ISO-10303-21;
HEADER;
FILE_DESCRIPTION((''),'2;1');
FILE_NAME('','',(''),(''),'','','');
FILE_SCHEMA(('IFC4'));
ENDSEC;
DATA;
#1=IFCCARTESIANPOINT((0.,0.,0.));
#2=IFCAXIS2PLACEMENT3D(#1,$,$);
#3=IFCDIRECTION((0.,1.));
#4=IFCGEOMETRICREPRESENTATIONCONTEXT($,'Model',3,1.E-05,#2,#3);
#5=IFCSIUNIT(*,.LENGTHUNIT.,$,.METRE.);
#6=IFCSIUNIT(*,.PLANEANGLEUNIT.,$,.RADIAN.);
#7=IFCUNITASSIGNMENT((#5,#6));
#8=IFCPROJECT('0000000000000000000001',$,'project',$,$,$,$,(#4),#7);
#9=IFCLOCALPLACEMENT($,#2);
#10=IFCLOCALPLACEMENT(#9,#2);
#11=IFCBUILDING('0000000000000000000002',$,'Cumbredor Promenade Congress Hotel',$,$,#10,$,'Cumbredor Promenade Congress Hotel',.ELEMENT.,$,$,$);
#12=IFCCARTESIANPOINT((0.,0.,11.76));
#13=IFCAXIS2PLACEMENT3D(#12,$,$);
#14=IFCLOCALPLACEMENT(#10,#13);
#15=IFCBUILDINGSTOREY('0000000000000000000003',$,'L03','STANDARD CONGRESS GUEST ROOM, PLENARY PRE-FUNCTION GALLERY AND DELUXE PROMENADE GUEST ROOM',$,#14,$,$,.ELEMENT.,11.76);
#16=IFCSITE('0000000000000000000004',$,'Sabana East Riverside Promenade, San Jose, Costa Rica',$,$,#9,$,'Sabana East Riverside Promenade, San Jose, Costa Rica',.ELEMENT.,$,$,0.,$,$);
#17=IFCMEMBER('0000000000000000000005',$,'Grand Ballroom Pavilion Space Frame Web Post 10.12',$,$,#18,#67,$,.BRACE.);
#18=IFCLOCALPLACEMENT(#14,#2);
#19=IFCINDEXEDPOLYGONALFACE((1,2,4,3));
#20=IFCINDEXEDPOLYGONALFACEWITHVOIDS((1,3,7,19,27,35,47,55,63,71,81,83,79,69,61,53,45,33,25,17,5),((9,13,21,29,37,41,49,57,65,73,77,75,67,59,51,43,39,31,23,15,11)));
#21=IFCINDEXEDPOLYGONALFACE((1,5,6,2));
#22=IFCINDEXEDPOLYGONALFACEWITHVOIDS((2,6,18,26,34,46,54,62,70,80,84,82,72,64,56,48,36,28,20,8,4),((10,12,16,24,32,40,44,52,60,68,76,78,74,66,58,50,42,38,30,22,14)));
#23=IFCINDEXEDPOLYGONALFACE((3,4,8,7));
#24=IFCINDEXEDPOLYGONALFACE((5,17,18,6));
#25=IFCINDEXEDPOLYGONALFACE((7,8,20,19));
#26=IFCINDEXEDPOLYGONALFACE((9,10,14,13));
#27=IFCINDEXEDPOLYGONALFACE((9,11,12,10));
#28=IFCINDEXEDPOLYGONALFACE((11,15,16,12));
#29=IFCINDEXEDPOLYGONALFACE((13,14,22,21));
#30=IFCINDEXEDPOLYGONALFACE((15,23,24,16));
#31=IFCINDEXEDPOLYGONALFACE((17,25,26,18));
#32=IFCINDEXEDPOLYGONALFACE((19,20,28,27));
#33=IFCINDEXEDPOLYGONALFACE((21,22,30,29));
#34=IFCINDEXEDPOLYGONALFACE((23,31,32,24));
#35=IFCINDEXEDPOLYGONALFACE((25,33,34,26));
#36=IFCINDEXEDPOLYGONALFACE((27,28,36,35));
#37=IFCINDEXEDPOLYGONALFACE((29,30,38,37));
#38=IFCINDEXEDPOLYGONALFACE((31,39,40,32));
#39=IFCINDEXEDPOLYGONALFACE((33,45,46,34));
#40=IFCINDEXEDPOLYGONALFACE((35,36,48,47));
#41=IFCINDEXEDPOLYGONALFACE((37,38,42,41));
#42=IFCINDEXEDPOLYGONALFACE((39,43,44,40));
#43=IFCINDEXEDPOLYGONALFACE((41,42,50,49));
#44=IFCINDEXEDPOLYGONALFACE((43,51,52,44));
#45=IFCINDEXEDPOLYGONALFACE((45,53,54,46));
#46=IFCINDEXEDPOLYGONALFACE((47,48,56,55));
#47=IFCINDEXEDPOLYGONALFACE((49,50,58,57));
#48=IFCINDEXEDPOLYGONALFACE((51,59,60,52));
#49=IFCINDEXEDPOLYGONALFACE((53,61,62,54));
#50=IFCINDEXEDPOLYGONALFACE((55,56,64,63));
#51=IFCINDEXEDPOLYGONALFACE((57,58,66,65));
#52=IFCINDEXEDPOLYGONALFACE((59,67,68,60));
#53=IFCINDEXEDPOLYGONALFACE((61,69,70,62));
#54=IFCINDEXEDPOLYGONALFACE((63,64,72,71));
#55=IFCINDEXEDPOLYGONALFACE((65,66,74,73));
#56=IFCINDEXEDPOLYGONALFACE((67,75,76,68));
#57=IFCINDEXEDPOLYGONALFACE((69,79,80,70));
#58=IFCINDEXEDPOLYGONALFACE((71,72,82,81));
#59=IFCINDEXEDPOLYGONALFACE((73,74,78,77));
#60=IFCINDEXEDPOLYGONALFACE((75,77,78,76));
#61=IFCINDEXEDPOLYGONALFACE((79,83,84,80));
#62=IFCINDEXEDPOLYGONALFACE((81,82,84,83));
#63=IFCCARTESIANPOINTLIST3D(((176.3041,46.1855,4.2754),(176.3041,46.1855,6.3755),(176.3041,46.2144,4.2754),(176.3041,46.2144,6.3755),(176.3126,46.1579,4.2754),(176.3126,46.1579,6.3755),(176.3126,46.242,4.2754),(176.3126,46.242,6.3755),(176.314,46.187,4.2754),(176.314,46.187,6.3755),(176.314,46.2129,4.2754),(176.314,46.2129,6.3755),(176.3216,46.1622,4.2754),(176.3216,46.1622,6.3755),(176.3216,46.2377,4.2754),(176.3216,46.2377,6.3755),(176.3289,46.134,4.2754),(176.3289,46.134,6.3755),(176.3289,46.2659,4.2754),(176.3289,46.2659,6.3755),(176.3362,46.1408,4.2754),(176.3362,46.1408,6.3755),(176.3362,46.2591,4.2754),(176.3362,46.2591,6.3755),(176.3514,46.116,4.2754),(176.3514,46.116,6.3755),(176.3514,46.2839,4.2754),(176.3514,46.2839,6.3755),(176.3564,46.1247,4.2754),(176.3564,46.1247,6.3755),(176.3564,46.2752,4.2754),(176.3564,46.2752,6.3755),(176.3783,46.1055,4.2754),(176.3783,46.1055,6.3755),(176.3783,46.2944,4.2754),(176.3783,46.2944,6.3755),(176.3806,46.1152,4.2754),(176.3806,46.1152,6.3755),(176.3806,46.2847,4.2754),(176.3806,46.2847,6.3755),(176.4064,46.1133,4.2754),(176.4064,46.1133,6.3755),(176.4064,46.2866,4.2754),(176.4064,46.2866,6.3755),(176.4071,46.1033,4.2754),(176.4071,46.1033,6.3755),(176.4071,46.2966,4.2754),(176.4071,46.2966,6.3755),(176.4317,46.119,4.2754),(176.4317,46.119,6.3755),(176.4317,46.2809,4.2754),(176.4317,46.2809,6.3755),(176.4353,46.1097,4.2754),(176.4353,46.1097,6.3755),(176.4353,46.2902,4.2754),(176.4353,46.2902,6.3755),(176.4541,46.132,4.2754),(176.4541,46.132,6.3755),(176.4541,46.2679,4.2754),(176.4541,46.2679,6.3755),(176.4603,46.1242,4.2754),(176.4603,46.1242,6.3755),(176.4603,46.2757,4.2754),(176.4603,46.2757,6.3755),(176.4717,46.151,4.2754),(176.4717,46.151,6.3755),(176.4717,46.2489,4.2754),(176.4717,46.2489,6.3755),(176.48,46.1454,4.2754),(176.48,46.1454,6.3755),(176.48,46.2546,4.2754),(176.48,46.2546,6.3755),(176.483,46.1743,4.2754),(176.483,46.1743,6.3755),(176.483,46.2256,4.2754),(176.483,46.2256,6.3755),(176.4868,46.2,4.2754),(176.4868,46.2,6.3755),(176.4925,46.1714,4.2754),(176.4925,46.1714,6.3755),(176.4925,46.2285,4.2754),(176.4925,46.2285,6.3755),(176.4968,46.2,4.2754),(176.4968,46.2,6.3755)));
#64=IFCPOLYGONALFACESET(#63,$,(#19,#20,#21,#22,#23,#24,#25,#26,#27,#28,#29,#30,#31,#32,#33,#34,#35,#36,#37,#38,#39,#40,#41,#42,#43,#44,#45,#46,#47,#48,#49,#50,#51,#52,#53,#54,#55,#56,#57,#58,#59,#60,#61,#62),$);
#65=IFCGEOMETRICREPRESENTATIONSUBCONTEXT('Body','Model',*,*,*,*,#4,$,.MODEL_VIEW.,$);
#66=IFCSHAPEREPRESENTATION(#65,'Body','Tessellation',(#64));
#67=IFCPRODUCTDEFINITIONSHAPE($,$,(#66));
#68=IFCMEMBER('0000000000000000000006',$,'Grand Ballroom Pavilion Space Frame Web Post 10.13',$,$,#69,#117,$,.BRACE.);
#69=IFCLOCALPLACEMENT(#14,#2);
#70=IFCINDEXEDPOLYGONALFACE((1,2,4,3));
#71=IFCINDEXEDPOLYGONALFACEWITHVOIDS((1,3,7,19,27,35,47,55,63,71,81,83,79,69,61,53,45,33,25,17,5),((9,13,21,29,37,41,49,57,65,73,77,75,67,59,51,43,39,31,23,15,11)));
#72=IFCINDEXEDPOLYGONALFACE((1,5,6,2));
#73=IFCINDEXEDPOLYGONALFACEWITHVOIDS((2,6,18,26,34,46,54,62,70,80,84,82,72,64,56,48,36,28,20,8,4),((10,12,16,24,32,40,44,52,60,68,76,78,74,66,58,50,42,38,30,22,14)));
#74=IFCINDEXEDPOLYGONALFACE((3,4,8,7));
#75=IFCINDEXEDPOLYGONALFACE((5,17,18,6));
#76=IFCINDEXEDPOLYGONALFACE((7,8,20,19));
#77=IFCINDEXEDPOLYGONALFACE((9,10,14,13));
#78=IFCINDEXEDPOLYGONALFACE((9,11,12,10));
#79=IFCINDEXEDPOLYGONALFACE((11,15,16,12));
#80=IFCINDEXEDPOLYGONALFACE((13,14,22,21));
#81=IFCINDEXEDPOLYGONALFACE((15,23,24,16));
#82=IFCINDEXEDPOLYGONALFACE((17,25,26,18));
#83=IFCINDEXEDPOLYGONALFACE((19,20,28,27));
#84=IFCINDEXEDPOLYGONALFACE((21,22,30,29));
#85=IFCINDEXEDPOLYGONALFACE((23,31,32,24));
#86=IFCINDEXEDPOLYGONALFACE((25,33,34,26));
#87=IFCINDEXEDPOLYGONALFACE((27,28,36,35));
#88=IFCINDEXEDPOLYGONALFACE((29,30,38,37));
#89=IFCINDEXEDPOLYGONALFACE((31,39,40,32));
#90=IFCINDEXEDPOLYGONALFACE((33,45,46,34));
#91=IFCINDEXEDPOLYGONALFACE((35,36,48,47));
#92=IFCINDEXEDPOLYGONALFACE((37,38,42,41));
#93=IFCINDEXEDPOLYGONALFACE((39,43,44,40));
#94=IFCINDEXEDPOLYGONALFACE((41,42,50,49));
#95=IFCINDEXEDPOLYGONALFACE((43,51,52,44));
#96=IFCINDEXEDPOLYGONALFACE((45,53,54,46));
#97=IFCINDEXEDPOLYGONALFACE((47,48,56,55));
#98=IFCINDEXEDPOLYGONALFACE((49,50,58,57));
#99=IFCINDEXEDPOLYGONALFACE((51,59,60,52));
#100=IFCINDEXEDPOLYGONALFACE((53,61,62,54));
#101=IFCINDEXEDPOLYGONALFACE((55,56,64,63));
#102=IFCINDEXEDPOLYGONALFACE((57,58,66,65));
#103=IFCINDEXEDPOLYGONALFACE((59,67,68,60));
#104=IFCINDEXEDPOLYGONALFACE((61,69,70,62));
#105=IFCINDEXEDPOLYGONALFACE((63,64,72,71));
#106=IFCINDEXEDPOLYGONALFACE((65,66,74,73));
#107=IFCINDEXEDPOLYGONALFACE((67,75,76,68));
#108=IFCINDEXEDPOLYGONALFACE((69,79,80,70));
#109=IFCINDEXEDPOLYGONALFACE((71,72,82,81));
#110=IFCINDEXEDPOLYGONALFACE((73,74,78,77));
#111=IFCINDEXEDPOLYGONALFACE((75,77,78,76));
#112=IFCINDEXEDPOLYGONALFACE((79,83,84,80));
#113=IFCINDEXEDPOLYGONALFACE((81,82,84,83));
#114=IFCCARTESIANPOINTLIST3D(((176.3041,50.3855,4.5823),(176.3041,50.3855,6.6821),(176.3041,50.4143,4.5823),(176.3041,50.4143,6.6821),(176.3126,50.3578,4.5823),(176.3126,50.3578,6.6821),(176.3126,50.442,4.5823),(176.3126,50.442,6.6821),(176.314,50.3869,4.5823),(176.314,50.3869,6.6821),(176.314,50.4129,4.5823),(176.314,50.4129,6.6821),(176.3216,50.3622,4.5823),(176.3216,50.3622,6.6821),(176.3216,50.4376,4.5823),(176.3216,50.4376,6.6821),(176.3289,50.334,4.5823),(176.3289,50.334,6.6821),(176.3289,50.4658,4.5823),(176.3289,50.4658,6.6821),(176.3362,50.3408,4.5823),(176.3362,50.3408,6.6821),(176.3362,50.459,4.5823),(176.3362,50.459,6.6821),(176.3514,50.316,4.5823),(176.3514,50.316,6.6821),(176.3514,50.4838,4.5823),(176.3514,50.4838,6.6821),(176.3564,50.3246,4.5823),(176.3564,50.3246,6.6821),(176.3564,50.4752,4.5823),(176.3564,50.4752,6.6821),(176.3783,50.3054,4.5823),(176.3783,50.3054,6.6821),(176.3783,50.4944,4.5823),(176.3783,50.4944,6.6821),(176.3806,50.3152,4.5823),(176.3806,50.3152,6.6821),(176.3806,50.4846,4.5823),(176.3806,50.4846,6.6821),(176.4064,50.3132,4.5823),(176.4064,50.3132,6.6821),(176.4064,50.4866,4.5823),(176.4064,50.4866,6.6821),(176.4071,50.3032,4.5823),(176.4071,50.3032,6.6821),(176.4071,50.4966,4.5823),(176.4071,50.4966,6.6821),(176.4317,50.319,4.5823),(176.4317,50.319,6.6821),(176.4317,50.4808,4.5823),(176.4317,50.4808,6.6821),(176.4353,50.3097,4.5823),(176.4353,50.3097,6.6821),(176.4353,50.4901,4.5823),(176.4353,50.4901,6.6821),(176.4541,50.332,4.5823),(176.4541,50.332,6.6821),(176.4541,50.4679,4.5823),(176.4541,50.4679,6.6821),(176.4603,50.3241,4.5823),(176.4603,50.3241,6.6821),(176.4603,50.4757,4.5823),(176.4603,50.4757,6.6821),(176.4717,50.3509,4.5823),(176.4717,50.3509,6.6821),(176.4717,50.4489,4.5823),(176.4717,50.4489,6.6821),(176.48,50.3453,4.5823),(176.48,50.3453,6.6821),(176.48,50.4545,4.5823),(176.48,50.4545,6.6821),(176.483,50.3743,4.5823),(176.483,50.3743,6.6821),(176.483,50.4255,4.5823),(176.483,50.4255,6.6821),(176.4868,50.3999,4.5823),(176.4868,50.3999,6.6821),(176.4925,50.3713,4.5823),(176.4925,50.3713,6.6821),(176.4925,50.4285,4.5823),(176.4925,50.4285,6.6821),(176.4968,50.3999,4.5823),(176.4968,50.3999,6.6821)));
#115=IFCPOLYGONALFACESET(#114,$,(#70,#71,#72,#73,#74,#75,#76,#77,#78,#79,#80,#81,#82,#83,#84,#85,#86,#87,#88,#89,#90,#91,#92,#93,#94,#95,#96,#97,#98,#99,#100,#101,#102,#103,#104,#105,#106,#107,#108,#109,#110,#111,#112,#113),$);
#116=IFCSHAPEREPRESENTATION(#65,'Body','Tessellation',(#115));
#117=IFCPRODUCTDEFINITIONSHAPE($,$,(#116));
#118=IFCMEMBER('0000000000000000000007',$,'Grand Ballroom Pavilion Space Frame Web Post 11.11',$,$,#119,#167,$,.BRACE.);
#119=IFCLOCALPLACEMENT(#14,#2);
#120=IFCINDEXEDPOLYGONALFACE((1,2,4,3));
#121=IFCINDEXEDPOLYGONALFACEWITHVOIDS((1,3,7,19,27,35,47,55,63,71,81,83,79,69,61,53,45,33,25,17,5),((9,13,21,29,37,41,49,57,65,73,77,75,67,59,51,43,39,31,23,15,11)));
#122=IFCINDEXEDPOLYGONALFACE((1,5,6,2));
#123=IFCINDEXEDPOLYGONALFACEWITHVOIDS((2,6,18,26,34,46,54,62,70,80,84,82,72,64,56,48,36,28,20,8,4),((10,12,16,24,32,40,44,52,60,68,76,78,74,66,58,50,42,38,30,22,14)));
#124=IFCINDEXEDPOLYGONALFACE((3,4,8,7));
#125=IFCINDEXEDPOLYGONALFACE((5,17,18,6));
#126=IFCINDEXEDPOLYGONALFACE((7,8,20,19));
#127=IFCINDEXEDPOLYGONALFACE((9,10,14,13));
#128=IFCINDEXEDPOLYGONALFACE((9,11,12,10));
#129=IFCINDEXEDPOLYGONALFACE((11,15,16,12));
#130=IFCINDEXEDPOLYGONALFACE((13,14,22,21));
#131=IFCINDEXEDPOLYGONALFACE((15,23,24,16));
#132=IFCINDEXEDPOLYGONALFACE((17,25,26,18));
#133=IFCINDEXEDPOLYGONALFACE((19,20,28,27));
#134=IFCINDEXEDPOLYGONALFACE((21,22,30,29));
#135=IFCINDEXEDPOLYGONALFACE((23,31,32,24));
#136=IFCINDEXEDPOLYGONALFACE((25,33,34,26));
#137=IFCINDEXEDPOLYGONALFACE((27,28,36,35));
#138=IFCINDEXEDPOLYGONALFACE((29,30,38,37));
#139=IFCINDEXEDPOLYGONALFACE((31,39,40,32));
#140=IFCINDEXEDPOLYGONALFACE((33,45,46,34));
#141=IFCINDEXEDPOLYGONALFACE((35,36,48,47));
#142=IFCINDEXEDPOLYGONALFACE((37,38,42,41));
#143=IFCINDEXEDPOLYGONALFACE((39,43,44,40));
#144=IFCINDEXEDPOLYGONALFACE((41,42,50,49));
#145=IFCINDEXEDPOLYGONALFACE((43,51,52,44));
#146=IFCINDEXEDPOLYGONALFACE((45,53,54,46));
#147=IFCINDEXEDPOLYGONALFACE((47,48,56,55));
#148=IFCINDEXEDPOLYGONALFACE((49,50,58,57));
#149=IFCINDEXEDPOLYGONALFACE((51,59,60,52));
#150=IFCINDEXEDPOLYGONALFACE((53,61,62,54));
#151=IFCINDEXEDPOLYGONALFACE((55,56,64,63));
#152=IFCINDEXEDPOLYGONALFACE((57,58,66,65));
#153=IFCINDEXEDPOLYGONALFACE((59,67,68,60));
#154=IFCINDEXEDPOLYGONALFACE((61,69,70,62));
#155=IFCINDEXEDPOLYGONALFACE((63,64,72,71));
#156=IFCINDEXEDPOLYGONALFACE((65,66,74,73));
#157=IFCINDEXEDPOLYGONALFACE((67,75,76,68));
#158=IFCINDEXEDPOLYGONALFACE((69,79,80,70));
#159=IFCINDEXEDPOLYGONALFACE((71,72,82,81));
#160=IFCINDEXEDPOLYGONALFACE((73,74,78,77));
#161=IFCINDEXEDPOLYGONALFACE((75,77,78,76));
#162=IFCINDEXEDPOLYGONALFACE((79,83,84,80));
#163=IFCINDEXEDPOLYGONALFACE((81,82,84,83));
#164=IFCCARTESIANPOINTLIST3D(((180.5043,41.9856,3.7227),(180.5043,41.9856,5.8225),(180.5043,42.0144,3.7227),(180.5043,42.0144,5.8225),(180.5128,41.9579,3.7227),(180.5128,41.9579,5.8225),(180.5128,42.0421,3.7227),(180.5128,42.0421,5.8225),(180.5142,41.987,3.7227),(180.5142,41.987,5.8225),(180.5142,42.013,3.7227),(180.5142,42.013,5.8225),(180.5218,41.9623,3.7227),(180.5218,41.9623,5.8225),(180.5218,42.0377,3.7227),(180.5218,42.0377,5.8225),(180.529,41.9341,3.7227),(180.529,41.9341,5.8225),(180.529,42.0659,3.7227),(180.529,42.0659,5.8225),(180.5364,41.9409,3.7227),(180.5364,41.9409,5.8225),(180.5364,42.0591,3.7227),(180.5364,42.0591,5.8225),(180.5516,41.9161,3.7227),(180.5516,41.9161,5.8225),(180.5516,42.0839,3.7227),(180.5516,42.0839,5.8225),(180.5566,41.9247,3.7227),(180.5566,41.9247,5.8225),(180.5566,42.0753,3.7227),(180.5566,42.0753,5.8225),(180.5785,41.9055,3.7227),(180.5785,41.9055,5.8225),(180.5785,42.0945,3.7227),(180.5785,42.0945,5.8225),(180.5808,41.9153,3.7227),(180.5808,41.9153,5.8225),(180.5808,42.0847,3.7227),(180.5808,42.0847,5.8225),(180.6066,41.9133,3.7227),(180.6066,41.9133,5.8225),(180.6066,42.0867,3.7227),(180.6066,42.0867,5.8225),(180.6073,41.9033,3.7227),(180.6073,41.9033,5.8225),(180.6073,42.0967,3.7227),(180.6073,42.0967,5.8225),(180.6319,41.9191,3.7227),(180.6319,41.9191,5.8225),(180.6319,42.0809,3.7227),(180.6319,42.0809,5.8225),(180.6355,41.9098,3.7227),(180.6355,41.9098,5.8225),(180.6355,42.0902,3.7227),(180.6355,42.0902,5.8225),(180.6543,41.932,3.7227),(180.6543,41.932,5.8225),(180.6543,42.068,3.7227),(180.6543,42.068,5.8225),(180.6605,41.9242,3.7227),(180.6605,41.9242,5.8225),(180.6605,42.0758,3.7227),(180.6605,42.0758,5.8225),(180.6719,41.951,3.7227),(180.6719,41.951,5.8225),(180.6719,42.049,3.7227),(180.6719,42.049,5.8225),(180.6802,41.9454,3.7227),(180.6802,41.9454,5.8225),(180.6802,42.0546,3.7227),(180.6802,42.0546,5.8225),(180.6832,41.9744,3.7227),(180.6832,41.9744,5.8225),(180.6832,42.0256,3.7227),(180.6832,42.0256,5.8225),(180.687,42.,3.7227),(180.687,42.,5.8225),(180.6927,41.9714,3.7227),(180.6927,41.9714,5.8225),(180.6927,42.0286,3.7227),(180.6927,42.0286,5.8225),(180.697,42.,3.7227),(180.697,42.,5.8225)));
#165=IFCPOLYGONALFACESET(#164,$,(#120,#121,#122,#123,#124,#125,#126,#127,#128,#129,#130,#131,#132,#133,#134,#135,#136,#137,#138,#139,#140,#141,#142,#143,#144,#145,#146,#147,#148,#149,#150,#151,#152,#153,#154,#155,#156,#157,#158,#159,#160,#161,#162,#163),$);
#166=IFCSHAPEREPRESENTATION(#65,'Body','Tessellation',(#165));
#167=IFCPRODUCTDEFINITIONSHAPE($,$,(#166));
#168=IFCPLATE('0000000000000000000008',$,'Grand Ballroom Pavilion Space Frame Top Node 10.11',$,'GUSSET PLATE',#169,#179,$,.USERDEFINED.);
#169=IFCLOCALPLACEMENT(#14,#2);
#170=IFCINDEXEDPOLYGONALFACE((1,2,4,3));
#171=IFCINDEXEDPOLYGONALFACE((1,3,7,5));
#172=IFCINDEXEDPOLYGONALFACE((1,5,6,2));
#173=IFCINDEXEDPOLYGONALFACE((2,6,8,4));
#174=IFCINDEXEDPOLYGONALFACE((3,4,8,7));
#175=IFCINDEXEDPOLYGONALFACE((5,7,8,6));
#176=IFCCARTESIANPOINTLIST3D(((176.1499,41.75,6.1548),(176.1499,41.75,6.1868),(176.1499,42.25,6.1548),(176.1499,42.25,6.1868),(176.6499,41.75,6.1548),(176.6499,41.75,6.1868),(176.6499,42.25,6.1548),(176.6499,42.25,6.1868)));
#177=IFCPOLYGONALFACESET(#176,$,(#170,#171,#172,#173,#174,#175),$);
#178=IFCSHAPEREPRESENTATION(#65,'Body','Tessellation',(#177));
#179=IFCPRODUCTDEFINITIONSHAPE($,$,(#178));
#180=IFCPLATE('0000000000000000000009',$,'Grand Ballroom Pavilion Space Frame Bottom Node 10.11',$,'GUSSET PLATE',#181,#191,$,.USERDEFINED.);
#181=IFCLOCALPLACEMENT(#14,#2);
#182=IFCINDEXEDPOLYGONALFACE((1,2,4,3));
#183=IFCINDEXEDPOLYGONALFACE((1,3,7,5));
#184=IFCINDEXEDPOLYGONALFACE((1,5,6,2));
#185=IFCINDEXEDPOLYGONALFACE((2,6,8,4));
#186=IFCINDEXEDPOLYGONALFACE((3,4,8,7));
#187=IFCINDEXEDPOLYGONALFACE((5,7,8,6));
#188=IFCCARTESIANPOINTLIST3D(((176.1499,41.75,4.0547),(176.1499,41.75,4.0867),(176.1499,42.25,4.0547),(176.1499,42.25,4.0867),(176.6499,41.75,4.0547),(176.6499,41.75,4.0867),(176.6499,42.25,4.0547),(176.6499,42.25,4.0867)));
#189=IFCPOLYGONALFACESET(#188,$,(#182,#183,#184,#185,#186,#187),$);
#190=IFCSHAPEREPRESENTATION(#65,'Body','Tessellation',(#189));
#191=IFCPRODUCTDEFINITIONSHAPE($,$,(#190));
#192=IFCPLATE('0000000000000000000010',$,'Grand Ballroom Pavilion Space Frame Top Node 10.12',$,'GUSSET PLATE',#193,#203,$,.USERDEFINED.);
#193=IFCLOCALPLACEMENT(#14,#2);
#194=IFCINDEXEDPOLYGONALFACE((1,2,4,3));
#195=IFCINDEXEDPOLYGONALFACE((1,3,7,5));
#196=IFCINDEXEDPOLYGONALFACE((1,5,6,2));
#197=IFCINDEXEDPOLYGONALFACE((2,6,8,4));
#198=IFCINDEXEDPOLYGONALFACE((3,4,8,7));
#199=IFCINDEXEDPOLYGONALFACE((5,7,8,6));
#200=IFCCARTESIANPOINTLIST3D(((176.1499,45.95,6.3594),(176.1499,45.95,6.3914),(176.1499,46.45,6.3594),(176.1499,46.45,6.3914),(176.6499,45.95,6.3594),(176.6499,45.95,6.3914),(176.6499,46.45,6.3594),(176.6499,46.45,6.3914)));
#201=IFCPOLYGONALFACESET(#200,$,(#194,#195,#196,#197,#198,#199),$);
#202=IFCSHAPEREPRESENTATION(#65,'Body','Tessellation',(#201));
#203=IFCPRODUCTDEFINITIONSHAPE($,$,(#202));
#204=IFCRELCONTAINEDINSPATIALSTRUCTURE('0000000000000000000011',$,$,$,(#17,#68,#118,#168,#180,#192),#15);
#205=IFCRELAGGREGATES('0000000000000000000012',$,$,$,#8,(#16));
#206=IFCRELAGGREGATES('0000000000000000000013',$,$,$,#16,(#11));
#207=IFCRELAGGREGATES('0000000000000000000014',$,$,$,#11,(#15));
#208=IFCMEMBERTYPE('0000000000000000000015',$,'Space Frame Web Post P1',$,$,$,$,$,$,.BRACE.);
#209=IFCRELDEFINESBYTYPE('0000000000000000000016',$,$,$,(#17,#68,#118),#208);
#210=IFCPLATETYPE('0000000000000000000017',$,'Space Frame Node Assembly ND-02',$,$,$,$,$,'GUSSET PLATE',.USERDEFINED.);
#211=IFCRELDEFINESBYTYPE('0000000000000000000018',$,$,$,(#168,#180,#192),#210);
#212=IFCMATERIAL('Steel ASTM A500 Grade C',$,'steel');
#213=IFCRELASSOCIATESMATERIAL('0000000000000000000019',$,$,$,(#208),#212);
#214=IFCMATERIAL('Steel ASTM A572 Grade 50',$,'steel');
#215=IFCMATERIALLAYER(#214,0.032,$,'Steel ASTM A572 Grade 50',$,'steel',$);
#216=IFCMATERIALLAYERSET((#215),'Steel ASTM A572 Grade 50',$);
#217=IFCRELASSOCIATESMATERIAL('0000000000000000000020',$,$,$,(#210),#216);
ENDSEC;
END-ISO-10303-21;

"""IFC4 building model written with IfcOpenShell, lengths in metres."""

from ifc_helpers import new_model, si_unit, direction, frame, origin, origin_2d, place, context, subcontext, project, spatial, rectangle, hollow_circle, extrude, material, layer, layer_set, material_profile, profile_set, type_object, element, save


model = new_model("IFC4")

# Units and contexts
model_context = context("Model", 3, precision=1e-05, world=origin(), true_north=direction((0.0, 1.0)))
body_context = subcontext(model_context, "Body", "Model", "MODEL_VIEW")
ifc_project = project(units=[si_unit("LENGTHUNIT", "METRE"), si_unit("PLANEANGLEUNIT", "RADIAN")], contexts=[model_context])

# Site, building, storey
site_placement = place(None, origin())
site = spatial("IfcSite", under=ifc_project, at=site_placement, Name="Sabana East Riverside Promenade, San Jose, Costa Rica", LongName="Sabana East Riverside Promenade, San Jose, Costa Rica", CompositionType="ELEMENT", RefElevation=0.0)
building_placement = place(site_placement, origin())
building = spatial("IfcBuilding", under=site, at=building_placement, Name="Cumbredor Promenade Congress Hotel", LongName="Cumbredor Promenade Congress Hotel", CompositionType="ELEMENT")
storey_placement = place(building_placement, frame((0.0, 0.0, 11.76)))
storey = spatial("IfcBuildingStorey", under=building, at=storey_placement, Name="L03", Description="STANDARD CONGRESS GUEST ROOM, PLENARY PRE-FUNCTION GALLERY AND DELUXE PROMENADE GUEST ROOM", CompositionType="ELEMENT", Elevation=11.76)

# Members
ifc_material_1 = material(Name="Steel ASTM A500 Grade C", Category="steel")
ifc_material_profile_1 = material_profile(ifc_material_1, hollow_circle(Radius=0.0969, WallThickness=0.01, at=origin_2d()), Name="CHS 193.7x10")
ifc_profile_set_1 = profile_set([ifc_material_profile_1], Name="Steel ASTM A500 Grade C")
member_type_1 = type_object("IfcMemberType", Name="Space Frame Web Post P1", PredefinedType="BRACE", material=ifc_profile_set_1)
for number, where, z_axis, x_axis, name in (
    (1, (176.3999, 46.2, 4.2754), (0.0, 0.0, 1.0), (1.0, 0.0, 0.0), "Grand Ballroom Pavilion Space Frame Web Post 10.12"),
):
    element("IfcMember", number, at=place(storey_placement, frame(where, z_axis=z_axis, x_axis=x_axis)), inside=storey, type_object=member_type_1, Name=name, PredefinedType="BRACE", context=body_context, shape_type="SweptSolid", body=[
        extrude(hollow_circle(Radius=0.0969, WallThickness=0.01, at=origin_2d()), origin(), (0.0, 0.0, 1.0), 2.1001),
    ])
for number, where, z_axis, x_axis, name in (
    (2, (176.3999, 50.3999, 4.5823), (0.0, 0.0, 1.0), (1.0, 0.0, 0.0), "Grand Ballroom Pavilion Space Frame Web Post 10.13"),
    (3, (180.6001, 42.0, 3.7227), (0.0, 0.0, 1.0), (1.0, 0.0, 0.0), "Grand Ballroom Pavilion Space Frame Web Post 11.11"),
):
    element("IfcMember", number, at=place(storey_placement, frame(where, z_axis=z_axis, x_axis=x_axis)), inside=storey, type_object=member_type_1, Name=name, PredefinedType="BRACE", context=body_context, shape_type="SweptSolid", body=[
        extrude(hollow_circle(Radius=0.0969, WallThickness=0.01, at=origin_2d()), origin(), (0.0, 0.0, 1.0), 2.0999),
    ])

# Plates
ifc_material_2 = material(Name="Steel ASTM A572 Grade 50", Category="steel")
ifc_layer = layer(ifc_material_2, 0.032, Name="Steel ASTM A572 Grade 50", Category="steel")
ifc_layer_set = layer_set([ifc_layer], Name="Steel ASTM A572 Grade 50")
plate_type = type_object("IfcPlateType", Name="Space Frame Node Assembly ND-02", ElementType="GUSSET PLATE", PredefinedType="USERDEFINED", material=ifc_layer_set)
for number, where, z_axis, x_axis, name in (
    (4, (176.3999, 42.0, 6.1548), (0.0, 0.0, 1.0), (1.0, 0.0, 0.0), "Grand Ballroom Pavilion Space Frame Top Node 10.11"),
    (5, (176.3999, 42.0, 4.0547), (0.0, 0.0, 1.0), (1.0, 0.0, 0.0), "Grand Ballroom Pavilion Space Frame Bottom Node 10.11"),
    (6, (176.3999, 46.2, 6.3594), (0.0, 0.0, 1.0), (1.0, 0.0, 0.0), "Grand Ballroom Pavilion Space Frame Top Node 10.12"),
):
    element("IfcPlate", number, at=place(storey_placement, frame(where, z_axis=z_axis, x_axis=x_axis)), inside=storey, type_object=plate_type, Name=name, ObjectType="GUSSET PLATE", PredefinedType="USERDEFINED", context=body_context, shape_type="SweptSolid", body=[
        extrude(rectangle(XDim=0.5, YDim=0.5, at=origin_2d()), origin(), (0.0, 0.0, 1.0), 0.032),
    ])

save(model, "model.ifc")
